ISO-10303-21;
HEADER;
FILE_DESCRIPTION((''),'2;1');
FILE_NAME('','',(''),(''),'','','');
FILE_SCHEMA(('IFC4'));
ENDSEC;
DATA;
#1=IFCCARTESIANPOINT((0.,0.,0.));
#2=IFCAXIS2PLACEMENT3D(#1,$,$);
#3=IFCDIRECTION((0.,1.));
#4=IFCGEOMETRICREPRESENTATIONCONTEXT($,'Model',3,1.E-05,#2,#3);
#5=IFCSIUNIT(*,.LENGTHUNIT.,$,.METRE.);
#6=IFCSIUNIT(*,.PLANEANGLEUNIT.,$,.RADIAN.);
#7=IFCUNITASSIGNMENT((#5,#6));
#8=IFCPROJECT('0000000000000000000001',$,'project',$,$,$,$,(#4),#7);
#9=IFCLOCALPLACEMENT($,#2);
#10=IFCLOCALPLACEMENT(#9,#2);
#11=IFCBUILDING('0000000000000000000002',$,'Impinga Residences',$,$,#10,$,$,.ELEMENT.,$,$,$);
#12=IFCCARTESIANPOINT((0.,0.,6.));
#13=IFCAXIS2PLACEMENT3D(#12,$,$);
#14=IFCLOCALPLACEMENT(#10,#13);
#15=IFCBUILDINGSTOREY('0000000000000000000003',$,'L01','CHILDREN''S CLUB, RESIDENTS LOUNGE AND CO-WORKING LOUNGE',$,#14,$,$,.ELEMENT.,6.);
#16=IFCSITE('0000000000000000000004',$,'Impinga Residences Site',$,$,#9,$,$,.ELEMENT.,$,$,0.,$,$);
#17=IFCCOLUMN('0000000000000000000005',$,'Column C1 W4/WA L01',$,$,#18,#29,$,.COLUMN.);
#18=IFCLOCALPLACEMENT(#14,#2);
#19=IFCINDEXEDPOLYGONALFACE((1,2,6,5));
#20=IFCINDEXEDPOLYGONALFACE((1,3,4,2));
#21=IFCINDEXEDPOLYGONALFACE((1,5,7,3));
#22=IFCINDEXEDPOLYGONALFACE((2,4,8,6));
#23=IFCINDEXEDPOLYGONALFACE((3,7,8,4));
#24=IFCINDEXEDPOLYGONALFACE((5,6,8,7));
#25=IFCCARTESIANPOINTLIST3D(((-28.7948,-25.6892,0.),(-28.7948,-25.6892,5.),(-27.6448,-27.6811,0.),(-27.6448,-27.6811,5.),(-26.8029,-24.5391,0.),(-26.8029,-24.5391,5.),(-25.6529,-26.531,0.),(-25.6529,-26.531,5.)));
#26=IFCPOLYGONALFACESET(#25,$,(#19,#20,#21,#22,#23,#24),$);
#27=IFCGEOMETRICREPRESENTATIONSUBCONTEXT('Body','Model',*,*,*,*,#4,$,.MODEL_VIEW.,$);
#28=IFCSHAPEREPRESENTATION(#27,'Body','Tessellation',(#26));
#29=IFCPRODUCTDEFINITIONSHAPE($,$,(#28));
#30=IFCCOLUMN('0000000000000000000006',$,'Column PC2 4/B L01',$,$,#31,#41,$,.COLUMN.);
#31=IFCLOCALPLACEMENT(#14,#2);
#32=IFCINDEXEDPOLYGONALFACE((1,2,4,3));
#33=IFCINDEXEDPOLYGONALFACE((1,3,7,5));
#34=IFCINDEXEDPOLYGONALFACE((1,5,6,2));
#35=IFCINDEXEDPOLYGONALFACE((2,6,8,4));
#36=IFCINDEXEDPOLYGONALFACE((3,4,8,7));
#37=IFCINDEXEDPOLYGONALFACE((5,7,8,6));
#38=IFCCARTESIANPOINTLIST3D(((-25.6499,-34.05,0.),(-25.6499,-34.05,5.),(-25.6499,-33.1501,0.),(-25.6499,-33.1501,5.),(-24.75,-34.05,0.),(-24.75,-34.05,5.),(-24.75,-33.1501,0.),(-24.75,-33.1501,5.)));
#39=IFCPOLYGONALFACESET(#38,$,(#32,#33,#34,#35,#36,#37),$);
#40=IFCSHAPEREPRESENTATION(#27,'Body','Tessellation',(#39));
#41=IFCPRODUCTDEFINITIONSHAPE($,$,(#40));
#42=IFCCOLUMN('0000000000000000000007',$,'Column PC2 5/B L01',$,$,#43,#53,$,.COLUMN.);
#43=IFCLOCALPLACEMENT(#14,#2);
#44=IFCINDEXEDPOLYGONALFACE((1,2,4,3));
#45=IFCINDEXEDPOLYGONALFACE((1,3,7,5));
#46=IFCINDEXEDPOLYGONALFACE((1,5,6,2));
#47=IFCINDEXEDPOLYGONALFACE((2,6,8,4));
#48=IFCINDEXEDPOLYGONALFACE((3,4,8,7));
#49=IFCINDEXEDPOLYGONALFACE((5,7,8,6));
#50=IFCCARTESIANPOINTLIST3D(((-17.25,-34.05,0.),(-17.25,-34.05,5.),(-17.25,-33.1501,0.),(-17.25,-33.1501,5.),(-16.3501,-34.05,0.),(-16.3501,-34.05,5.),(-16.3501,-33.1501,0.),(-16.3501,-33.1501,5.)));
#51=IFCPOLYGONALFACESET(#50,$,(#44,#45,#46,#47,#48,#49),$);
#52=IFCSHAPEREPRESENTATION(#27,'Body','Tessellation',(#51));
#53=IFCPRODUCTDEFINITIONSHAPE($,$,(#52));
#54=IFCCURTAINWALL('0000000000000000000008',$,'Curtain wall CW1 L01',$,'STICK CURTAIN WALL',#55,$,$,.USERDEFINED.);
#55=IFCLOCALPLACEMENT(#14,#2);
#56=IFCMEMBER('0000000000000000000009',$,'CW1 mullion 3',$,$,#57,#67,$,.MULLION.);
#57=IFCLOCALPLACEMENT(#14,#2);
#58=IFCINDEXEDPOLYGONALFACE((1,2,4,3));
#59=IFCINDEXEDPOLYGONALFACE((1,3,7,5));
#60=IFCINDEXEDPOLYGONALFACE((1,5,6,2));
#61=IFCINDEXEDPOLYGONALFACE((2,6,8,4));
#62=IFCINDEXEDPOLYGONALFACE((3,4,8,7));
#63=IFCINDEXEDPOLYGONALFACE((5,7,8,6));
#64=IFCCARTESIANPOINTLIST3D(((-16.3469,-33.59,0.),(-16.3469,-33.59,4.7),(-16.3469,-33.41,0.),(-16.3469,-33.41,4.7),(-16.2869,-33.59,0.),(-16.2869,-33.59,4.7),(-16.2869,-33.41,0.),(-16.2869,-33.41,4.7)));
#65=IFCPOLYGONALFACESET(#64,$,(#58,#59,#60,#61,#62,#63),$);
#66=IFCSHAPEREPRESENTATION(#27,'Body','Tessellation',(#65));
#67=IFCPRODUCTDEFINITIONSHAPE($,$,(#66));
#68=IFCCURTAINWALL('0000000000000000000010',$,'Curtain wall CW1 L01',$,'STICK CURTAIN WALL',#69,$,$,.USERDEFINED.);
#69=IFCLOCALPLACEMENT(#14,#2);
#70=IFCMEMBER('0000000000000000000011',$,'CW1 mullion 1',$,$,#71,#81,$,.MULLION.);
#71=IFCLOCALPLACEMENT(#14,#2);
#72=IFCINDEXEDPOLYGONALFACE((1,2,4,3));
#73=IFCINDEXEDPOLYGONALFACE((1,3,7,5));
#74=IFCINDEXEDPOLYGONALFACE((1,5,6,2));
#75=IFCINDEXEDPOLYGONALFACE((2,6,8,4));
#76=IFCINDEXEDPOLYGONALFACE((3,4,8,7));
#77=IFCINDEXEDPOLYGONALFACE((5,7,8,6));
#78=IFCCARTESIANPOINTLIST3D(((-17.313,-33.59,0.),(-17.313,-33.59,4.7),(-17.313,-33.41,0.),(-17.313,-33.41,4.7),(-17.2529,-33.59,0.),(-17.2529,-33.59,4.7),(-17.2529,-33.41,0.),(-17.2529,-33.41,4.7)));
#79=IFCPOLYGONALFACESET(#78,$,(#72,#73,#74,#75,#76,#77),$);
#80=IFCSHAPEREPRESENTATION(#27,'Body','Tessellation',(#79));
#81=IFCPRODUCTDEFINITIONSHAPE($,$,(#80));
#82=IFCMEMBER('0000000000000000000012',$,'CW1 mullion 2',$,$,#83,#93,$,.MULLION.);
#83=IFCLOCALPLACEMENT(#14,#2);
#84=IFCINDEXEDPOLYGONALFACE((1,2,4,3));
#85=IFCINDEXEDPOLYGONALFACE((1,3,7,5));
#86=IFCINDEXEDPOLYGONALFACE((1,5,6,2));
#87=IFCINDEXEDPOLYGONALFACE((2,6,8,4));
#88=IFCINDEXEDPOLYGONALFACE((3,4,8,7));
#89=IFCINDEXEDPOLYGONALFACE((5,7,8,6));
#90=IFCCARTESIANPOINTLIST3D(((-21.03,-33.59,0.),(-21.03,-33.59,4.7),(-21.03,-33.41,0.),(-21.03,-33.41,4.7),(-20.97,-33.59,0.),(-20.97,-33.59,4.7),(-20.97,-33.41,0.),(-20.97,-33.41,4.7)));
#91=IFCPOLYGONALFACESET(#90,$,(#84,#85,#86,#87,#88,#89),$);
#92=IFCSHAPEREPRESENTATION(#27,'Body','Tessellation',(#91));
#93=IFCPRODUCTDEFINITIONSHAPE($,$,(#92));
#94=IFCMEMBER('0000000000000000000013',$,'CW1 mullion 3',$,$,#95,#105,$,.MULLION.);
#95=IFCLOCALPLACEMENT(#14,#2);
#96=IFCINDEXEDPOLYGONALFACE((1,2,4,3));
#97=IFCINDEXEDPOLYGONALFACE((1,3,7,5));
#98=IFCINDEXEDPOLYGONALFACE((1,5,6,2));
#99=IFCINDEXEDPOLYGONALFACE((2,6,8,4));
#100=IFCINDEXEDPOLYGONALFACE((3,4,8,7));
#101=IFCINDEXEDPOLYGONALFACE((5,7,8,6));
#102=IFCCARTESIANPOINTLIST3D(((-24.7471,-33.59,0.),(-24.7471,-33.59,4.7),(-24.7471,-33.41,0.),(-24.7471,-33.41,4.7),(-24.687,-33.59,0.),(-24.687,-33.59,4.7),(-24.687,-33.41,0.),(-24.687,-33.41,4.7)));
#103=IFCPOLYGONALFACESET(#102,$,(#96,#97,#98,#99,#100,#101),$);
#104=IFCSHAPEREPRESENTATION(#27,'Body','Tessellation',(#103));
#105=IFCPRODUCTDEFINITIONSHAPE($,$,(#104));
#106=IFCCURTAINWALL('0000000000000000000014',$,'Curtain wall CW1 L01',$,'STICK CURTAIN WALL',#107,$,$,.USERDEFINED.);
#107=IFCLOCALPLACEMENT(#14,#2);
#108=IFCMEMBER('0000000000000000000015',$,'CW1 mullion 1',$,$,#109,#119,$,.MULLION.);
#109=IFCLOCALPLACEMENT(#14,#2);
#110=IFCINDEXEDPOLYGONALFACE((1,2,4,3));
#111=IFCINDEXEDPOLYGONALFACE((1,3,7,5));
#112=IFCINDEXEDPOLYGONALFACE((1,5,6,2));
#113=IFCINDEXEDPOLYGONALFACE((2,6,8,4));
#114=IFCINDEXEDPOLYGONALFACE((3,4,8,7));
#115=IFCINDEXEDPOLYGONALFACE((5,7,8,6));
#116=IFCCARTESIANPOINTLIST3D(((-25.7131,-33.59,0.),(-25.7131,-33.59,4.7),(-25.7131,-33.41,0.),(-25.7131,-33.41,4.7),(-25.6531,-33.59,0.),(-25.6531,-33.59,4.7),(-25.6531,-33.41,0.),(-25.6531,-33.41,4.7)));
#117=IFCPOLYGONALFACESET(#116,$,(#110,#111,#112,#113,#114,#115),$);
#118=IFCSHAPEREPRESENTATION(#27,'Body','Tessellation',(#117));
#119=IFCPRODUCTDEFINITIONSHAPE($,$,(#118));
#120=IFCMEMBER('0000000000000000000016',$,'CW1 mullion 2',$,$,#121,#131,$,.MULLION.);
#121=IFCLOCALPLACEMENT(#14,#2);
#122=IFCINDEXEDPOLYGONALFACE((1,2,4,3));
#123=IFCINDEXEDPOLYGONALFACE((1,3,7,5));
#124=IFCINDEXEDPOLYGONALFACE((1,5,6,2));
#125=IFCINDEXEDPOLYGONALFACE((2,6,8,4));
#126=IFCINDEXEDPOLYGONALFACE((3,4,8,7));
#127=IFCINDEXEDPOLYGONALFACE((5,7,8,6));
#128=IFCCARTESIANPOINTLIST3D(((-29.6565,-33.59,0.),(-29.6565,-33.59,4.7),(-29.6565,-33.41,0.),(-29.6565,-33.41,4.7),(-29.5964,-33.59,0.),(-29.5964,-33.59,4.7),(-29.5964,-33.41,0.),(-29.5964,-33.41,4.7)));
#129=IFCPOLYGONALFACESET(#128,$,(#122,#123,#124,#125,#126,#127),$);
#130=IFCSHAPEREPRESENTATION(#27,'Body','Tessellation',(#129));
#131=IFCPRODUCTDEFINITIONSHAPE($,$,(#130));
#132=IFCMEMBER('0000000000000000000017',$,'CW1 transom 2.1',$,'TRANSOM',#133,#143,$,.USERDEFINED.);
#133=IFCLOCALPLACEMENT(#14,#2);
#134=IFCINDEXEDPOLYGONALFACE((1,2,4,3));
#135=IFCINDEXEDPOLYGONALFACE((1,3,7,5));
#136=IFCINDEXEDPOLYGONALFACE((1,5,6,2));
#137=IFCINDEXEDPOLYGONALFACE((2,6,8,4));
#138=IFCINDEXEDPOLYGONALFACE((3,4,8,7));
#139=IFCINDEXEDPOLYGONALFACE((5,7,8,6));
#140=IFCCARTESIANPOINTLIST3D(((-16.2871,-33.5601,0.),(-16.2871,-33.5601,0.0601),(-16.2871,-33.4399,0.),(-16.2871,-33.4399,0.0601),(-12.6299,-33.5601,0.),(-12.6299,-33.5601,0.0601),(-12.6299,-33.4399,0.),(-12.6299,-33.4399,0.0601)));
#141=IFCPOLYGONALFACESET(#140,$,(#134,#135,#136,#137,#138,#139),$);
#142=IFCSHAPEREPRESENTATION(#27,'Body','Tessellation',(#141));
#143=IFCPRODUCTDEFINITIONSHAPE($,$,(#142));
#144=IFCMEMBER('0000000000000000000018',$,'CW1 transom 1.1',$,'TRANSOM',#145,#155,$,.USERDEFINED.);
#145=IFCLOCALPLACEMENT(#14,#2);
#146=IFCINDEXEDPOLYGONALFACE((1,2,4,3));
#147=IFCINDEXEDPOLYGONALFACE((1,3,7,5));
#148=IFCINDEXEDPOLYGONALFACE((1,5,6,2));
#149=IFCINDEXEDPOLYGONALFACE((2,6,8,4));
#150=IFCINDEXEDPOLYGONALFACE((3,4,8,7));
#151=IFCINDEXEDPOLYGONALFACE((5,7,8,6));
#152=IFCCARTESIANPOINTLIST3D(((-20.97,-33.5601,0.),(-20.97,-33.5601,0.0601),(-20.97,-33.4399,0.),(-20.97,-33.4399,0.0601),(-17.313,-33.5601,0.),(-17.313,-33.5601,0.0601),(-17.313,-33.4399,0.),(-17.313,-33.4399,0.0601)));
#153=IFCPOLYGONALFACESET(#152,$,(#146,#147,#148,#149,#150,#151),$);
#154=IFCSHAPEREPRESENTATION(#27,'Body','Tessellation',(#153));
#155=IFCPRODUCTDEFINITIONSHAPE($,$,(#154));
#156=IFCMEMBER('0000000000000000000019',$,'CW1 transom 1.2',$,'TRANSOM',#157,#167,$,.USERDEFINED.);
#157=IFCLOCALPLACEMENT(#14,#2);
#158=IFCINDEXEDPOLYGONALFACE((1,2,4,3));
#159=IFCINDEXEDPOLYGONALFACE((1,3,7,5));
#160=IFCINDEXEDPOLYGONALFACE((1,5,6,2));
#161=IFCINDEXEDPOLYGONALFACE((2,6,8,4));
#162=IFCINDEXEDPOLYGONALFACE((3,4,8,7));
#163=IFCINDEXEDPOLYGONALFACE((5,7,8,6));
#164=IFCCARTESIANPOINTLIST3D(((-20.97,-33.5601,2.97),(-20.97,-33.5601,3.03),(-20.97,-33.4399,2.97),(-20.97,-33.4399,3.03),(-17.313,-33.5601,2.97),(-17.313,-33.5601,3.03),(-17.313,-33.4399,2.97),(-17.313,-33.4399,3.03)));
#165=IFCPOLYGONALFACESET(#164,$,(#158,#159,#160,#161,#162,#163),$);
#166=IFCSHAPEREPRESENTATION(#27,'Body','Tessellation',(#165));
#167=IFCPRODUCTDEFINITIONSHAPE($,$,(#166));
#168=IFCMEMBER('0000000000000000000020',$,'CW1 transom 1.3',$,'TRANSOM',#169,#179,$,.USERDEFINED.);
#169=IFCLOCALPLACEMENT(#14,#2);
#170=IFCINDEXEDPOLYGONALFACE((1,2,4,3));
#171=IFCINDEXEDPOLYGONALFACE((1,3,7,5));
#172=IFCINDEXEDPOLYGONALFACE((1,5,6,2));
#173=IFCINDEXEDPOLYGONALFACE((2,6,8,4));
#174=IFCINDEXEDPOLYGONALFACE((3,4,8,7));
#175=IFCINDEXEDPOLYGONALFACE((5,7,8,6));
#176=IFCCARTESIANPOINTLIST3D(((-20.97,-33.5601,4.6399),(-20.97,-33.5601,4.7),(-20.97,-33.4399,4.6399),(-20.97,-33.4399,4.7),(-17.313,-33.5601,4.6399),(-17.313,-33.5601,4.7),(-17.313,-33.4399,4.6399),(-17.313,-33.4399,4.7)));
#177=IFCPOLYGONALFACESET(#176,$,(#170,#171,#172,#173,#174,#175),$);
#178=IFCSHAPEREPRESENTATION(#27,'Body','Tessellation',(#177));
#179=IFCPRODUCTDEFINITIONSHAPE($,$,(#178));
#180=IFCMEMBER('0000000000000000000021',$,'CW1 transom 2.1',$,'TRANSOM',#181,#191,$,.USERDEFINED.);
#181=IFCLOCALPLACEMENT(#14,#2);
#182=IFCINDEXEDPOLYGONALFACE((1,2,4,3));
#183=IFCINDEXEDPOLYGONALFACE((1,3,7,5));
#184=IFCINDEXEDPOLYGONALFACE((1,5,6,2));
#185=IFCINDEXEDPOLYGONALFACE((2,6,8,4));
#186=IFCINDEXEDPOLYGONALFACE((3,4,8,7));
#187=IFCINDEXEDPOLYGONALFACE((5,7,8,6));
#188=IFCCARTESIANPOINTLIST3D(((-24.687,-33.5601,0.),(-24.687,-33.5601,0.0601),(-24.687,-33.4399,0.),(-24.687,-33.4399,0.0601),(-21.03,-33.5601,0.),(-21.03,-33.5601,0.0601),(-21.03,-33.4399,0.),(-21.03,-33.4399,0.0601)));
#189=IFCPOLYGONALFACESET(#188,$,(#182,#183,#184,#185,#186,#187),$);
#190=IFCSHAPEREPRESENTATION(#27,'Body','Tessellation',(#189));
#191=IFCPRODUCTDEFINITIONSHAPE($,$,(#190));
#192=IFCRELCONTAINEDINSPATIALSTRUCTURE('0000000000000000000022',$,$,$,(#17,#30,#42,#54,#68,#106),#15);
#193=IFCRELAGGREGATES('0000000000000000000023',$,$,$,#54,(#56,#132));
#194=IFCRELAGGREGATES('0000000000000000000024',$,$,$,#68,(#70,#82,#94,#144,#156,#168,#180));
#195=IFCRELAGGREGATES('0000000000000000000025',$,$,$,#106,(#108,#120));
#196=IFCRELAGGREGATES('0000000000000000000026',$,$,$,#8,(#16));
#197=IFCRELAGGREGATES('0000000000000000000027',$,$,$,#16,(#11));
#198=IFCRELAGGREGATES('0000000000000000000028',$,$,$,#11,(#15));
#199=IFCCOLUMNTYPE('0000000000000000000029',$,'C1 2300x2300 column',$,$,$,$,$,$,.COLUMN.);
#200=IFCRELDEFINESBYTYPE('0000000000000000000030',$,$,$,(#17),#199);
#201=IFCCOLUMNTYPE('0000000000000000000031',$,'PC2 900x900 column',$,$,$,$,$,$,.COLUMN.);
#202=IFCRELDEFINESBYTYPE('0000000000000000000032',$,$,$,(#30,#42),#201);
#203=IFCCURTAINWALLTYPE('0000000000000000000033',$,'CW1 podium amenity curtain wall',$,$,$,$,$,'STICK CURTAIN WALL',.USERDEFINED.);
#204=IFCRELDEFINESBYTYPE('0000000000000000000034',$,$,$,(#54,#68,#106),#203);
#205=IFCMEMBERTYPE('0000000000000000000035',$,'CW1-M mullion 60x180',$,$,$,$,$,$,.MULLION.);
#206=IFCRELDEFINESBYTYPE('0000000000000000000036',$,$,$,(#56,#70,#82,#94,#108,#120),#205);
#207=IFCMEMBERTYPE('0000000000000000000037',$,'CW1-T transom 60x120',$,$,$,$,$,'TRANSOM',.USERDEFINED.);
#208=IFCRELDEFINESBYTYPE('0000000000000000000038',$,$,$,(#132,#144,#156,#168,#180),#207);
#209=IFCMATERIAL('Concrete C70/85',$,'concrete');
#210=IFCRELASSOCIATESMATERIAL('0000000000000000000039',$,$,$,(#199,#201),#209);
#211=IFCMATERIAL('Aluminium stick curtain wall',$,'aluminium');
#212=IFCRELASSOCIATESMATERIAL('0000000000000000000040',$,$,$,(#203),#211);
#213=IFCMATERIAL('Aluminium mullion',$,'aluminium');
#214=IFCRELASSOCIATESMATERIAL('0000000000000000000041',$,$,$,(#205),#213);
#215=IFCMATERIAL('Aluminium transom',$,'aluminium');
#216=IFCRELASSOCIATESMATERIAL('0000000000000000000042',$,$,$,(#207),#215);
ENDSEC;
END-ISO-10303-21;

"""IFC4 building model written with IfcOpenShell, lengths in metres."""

from ifc_helpers import new_model, si_unit, direction, frame, origin, origin_2d, place, context, subcontext, project, spatial, rectangle, extrude, material, material_profile, profile_set, type_object, element, aggregate, save


model = new_model("IFC4")

# Units and contexts
model_context = context("Model", 3, precision=1e-05, world=origin(), true_north=direction((0.0, 1.0)))
body_context = subcontext(model_context, "Body", "Model", "MODEL_VIEW")
ifc_project = project(units=[si_unit("LENGTHUNIT", "METRE"), si_unit("PLANEANGLEUNIT", "RADIAN")], contexts=[model_context])

# Site, building, storey
site_placement = place(None, origin())
site = spatial("IfcSite", under=ifc_project, at=site_placement, Name="Impinga Residences Site", CompositionType="ELEMENT", RefElevation=0.0)
building_placement = place(site_placement, origin())
building = spatial("IfcBuilding", under=site, at=building_placement, Name="Impinga Residences", CompositionType="ELEMENT")
storey_placement = place(building_placement, frame((0.0, 0.0, 6.0)))
storey = spatial("IfcBuildingStorey", under=building, at=storey_placement, Name="L01", Description="CHILDREN'S CLUB, RESIDENTS LOUNGE AND CO-WORKING LOUNGE", CompositionType="ELEMENT", Elevation=6.0)

# Columns
ifc_material_1 = material(Name="Concrete C70/85", Category="concrete")
ifc_material_profile_1 = material_profile(ifc_material_1, rectangle(XDim=2.3, YDim=2.3, at=origin_2d()), Name="RC 2300x2300")
ifc_profile_set_1 = profile_set([ifc_material_profile_1], Name="Concrete C70/85")
column_type_1 = type_object("IfcColumnType", Name="C1 2300x2300 column", PredefinedType="COLUMN", material=ifc_profile_set_1)
column_placement = place(storey_placement, frame((-27.2239, -26.1101, 0.0), z_axis=(0.0, 0.0, 1.0), x_axis=(-0.5, 0.866025, 0.0)))
element("IfcColumn", 1, at=column_placement, inside=storey, type_object=column_type_1, Name="Column C1 W4/WA L01", PredefinedType="COLUMN", context=body_context, shape_type="SweptSolid", body=[
    extrude(rectangle(XDim=2.3, YDim=2.3, at=origin_2d()), origin(), (0.0, 0.0, 1.0), 5.0),
])
ifc_material_profile_2 = material_profile(ifc_material_1, rectangle(XDim=0.8999, YDim=0.8999, at=origin_2d()), Name="RC 900x900")
ifc_profile_set_2 = profile_set([ifc_material_profile_2], Name="Concrete C70/85")
column_type_2 = type_object("IfcColumnType", Name="PC2 900x900 column", PredefinedType="COLUMN", material=ifc_profile_set_2)
for number, where, z_axis, x_axis, name in (
    (2, (-25.2, -33.6001, 0.0), (0.0, 0.0, 1.0), (1.0, 0.0, 0.0), "Column PC2 4/B L01"),
    (3, (-16.8, -33.6001, 0.0), (0.0, 0.0, 1.0), (1.0, 0.0, 0.0), "Column PC2 5/B L01"),
):
    element("IfcColumn", number, at=place(storey_placement, frame(where, z_axis=z_axis, x_axis=x_axis)), inside=storey, type_object=column_type_2, Name=name, PredefinedType="COLUMN", context=body_context, shape_type="SweptSolid", body=[
        extrude(rectangle(XDim=0.8999, YDim=0.8999, at=origin_2d()), origin(), (0.0, 0.0, 1.0), 5.0),
    ])

# Curtain wall, member
ifc_material_2 = material(Name="Aluminium stick curtain wall", Category="aluminium")
curtain_wall_type = type_object("IfcCurtainWallType", Name="CW1 podium amenity curtain wall", ElementType="STICK CURTAIN WALL", PredefinedType="USERDEFINED", material=ifc_material_2)
curtain_wall_1_placement = place(storey_placement, origin())
curtain_wall_1 = element("IfcCurtainWall", 4, at=curtain_wall_1_placement, inside=storey, type_object=curtain_wall_type, Name="Curtain wall CW1 L01", ObjectType="STICK CURTAIN WALL", PredefinedType="USERDEFINED")
ifc_material_3 = material(Name="Aluminium mullion", Category="aluminium")
ifc_material_profile_3 = material_profile(ifc_material_3, rectangle(XDim=0.0601, YDim=0.1799, at=origin_2d()), Name="60x180 mullion")
ifc_profile_set_3 = profile_set([ifc_material_profile_3], Name="Aluminium mullion")
member_type_1 = type_object("IfcMemberType", Name="CW1-M mullion 60x180", PredefinedType="MULLION", material=ifc_profile_set_3)
member_1_placement = place(storey_placement, frame((-16.3169, -33.5, 0.0), z_axis=(0.0, 0.0, 1.0), x_axis=(-1.0, 0.0, 0.0)))
member_1 = element("IfcMember", 5, at=member_1_placement, type_object=member_type_1, Name="CW1 mullion 3", PredefinedType="MULLION", context=body_context, shape_type="SweptSolid", body=[
    extrude(rectangle(XDim=0.0601, YDim=0.1799, at=origin_2d()), origin(), (0.0, 0.0, 1.0), 4.7),
])

# Curtain walls, members
curtain_wall_2_placement = place(storey_placement, origin())
curtain_wall_2 = element("IfcCurtainWall", 6, at=curtain_wall_2_placement, inside=storey, type_object=curtain_wall_type, Name="Curtain wall CW1 L01", ObjectType="STICK CURTAIN WALL", PredefinedType="USERDEFINED")
member_2_placement = place(storey_placement, frame((-17.283, -33.5, 0.0), z_axis=(0.0, 0.0, 1.0), x_axis=(-1.0, 0.0, 0.0)))
member_2 = element("IfcMember", 7, at=member_2_placement, type_object=member_type_1, Name="CW1 mullion 1", PredefinedType="MULLION", context=body_context, shape_type="SweptSolid", body=[
    extrude(rectangle(XDim=0.0601, YDim=0.1799, at=origin_2d()), origin(), (0.0, 0.0, 1.0), 4.7),
])
member_3_placement = place(storey_placement, frame((-21.0, -33.5, 0.0), z_axis=(0.0, 0.0, 1.0), x_axis=(-1.0, 0.0, 0.0)))
member_3 = element("IfcMember", 8, at=member_3_placement, type_object=member_type_1, Name="CW1 mullion 2", PredefinedType="MULLION", context=body_context, shape_type="SweptSolid", body=[
    extrude(rectangle(XDim=0.0601, YDim=0.1799, at=origin_2d()), origin(), (0.0, 0.0, 1.0), 4.7),
])
member_4_placement = place(storey_placement, frame((-24.717, -33.5, 0.0), z_axis=(0.0, 0.0, 1.0), x_axis=(-1.0, 0.0, 0.0)))
member_4 = element("IfcMember", 9, at=member_4_placement, type_object=member_type_1, Name="CW1 mullion 3", PredefinedType="MULLION", context=body_context, shape_type="SweptSolid", body=[
    extrude(rectangle(XDim=0.0601, YDim=0.1799, at=origin_2d()), origin(), (0.0, 0.0, 1.0), 4.7),
])
curtain_wall_3_placement = place(storey_placement, origin())
curtain_wall_3 = element("IfcCurtainWall", 10, at=curtain_wall_3_placement, inside=storey, type_object=curtain_wall_type, Name="Curtain wall CW1 L01", ObjectType="STICK CURTAIN WALL", PredefinedType="USERDEFINED")
member_5_placement = place(storey_placement, frame((-25.6831, -33.5, 0.0), z_axis=(0.0, 0.0, 1.0), x_axis=(-1.0, 0.0, 0.0)))
member_5 = element("IfcMember", 11, at=member_5_placement, type_object=member_type_1, Name="CW1 mullion 1", PredefinedType="MULLION", context=body_context, shape_type="SweptSolid", body=[
    extrude(rectangle(XDim=0.0601, YDim=0.1799, at=origin_2d()), origin(), (0.0, 0.0, 1.0), 4.7),
])
member_6_placement = place(storey_placement, frame((-29.6265, -33.5, 0.0), z_axis=(0.0, 0.0, 1.0), x_axis=(-1.0, 0.0, 0.0)))
member_6 = element("IfcMember", 12, at=member_6_placement, type_object=member_type_1, Name="CW1 mullion 2", PredefinedType="MULLION", context=body_context, shape_type="SweptSolid", body=[
    extrude(rectangle(XDim=0.0601, YDim=0.1799, at=origin_2d()), origin(), (0.0, 0.0, 1.0), 4.7),
])

# Members
ifc_material_4 = material(Name="Aluminium transom", Category="aluminium")
ifc_material_profile_4 = material_profile(ifc_material_4, rectangle(XDim=0.0601, YDim=0.1201, at=origin_2d()), Name="60x120 transom")
ifc_profile_set_4 = profile_set([ifc_material_profile_4], Name="Aluminium transom")
member_type_2 = type_object("IfcMemberType", Name="CW1-T transom 60x120", ElementType="TRANSOM", PredefinedType="USERDEFINED", material=ifc_profile_set_4)
member_7_placement = place(storey_placement, frame((-12.6299, -33.5, 0.03), z_axis=(-1.0, 0.0, 0.0), x_axis=(0.0, 0.0, 1.0)))
member_7 = element("IfcMember", 13, at=member_7_placement, type_object=member_type_2, Name="CW1 transom 2.1", ObjectType="TRANSOM", PredefinedType="USERDEFINED", context=body_context, shape_type="SweptSolid", body=[
    extrude(rectangle(XDim=0.0601, YDim=0.1201, at=origin_2d()), origin(), (0.0, 0.0, 1.0), 3.6572),
])
member_8_placement = place(storey_placement, frame((-17.313, -33.5, 0.03), z_axis=(-1.0, 0.0, 0.0), x_axis=(0.0, 0.0, 1.0)))
member_8 = element("IfcMember", 14, at=member_8_placement, type_object=member_type_2, Name="CW1 transom 1.1", ObjectType="TRANSOM", PredefinedType="USERDEFINED", context=body_context, shape_type="SweptSolid", body=[
    extrude(rectangle(XDim=0.0601, YDim=0.1201, at=origin_2d()), origin(), (0.0, 0.0, 1.0), 3.657),
])
member_9_placement = place(storey_placement, frame((-17.313, -33.5, 3.0), z_axis=(-1.0, 0.0, 0.0), x_axis=(0.0, 0.0, 1.0)))
member_9 = element("IfcMember", 15, at=member_9_placement, type_object=member_type_2, Name="CW1 transom 1.2", ObjectType="TRANSOM", PredefinedType="USERDEFINED", context=body_context, shape_type="SweptSolid", body=[
    extrude(rectangle(XDim=0.0601, YDim=0.1201, at=origin_2d()), origin(), (0.0, 0.0, 1.0), 3.657),
])
member_10_placement = place(storey_placement, frame((-17.313, -33.5, 4.6699), z_axis=(-1.0, 0.0, 0.0), x_axis=(0.0, 0.0, 1.0)))
member_10 = element("IfcMember", 16, at=member_10_placement, type_object=member_type_2, Name="CW1 transom 1.3", ObjectType="TRANSOM", PredefinedType="USERDEFINED", context=body_context, shape_type="SweptSolid", body=[
    extrude(rectangle(XDim=0.0601, YDim=0.1201, at=origin_2d()), origin(), (0.0, 0.0, 1.0), 3.657),
])
member_11_placement = place(storey_placement, frame((-21.03, -33.5, 0.03), z_axis=(-1.0, 0.0, 0.0), x_axis=(0.0, 0.0, 1.0)))
member_11 = element("IfcMember", 17, at=member_11_placement, type_object=member_type_2, Name="CW1 transom 2.1", ObjectType="TRANSOM", PredefinedType="USERDEFINED", context=body_context, shape_type="SweptSolid", body=[
    extrude(rectangle(XDim=0.0601, YDim=0.1201, at=origin_2d()), origin(), (0.0, 0.0, 1.0), 3.657),
])

aggregate(curtain_wall_1, [member_1, member_7])
aggregate(curtain_wall_2, [member_2, member_3, member_4, member_8, member_9, member_10, member_11])
aggregate(curtain_wall_3, [member_5, member_6])

save(model, "model.ifc")
